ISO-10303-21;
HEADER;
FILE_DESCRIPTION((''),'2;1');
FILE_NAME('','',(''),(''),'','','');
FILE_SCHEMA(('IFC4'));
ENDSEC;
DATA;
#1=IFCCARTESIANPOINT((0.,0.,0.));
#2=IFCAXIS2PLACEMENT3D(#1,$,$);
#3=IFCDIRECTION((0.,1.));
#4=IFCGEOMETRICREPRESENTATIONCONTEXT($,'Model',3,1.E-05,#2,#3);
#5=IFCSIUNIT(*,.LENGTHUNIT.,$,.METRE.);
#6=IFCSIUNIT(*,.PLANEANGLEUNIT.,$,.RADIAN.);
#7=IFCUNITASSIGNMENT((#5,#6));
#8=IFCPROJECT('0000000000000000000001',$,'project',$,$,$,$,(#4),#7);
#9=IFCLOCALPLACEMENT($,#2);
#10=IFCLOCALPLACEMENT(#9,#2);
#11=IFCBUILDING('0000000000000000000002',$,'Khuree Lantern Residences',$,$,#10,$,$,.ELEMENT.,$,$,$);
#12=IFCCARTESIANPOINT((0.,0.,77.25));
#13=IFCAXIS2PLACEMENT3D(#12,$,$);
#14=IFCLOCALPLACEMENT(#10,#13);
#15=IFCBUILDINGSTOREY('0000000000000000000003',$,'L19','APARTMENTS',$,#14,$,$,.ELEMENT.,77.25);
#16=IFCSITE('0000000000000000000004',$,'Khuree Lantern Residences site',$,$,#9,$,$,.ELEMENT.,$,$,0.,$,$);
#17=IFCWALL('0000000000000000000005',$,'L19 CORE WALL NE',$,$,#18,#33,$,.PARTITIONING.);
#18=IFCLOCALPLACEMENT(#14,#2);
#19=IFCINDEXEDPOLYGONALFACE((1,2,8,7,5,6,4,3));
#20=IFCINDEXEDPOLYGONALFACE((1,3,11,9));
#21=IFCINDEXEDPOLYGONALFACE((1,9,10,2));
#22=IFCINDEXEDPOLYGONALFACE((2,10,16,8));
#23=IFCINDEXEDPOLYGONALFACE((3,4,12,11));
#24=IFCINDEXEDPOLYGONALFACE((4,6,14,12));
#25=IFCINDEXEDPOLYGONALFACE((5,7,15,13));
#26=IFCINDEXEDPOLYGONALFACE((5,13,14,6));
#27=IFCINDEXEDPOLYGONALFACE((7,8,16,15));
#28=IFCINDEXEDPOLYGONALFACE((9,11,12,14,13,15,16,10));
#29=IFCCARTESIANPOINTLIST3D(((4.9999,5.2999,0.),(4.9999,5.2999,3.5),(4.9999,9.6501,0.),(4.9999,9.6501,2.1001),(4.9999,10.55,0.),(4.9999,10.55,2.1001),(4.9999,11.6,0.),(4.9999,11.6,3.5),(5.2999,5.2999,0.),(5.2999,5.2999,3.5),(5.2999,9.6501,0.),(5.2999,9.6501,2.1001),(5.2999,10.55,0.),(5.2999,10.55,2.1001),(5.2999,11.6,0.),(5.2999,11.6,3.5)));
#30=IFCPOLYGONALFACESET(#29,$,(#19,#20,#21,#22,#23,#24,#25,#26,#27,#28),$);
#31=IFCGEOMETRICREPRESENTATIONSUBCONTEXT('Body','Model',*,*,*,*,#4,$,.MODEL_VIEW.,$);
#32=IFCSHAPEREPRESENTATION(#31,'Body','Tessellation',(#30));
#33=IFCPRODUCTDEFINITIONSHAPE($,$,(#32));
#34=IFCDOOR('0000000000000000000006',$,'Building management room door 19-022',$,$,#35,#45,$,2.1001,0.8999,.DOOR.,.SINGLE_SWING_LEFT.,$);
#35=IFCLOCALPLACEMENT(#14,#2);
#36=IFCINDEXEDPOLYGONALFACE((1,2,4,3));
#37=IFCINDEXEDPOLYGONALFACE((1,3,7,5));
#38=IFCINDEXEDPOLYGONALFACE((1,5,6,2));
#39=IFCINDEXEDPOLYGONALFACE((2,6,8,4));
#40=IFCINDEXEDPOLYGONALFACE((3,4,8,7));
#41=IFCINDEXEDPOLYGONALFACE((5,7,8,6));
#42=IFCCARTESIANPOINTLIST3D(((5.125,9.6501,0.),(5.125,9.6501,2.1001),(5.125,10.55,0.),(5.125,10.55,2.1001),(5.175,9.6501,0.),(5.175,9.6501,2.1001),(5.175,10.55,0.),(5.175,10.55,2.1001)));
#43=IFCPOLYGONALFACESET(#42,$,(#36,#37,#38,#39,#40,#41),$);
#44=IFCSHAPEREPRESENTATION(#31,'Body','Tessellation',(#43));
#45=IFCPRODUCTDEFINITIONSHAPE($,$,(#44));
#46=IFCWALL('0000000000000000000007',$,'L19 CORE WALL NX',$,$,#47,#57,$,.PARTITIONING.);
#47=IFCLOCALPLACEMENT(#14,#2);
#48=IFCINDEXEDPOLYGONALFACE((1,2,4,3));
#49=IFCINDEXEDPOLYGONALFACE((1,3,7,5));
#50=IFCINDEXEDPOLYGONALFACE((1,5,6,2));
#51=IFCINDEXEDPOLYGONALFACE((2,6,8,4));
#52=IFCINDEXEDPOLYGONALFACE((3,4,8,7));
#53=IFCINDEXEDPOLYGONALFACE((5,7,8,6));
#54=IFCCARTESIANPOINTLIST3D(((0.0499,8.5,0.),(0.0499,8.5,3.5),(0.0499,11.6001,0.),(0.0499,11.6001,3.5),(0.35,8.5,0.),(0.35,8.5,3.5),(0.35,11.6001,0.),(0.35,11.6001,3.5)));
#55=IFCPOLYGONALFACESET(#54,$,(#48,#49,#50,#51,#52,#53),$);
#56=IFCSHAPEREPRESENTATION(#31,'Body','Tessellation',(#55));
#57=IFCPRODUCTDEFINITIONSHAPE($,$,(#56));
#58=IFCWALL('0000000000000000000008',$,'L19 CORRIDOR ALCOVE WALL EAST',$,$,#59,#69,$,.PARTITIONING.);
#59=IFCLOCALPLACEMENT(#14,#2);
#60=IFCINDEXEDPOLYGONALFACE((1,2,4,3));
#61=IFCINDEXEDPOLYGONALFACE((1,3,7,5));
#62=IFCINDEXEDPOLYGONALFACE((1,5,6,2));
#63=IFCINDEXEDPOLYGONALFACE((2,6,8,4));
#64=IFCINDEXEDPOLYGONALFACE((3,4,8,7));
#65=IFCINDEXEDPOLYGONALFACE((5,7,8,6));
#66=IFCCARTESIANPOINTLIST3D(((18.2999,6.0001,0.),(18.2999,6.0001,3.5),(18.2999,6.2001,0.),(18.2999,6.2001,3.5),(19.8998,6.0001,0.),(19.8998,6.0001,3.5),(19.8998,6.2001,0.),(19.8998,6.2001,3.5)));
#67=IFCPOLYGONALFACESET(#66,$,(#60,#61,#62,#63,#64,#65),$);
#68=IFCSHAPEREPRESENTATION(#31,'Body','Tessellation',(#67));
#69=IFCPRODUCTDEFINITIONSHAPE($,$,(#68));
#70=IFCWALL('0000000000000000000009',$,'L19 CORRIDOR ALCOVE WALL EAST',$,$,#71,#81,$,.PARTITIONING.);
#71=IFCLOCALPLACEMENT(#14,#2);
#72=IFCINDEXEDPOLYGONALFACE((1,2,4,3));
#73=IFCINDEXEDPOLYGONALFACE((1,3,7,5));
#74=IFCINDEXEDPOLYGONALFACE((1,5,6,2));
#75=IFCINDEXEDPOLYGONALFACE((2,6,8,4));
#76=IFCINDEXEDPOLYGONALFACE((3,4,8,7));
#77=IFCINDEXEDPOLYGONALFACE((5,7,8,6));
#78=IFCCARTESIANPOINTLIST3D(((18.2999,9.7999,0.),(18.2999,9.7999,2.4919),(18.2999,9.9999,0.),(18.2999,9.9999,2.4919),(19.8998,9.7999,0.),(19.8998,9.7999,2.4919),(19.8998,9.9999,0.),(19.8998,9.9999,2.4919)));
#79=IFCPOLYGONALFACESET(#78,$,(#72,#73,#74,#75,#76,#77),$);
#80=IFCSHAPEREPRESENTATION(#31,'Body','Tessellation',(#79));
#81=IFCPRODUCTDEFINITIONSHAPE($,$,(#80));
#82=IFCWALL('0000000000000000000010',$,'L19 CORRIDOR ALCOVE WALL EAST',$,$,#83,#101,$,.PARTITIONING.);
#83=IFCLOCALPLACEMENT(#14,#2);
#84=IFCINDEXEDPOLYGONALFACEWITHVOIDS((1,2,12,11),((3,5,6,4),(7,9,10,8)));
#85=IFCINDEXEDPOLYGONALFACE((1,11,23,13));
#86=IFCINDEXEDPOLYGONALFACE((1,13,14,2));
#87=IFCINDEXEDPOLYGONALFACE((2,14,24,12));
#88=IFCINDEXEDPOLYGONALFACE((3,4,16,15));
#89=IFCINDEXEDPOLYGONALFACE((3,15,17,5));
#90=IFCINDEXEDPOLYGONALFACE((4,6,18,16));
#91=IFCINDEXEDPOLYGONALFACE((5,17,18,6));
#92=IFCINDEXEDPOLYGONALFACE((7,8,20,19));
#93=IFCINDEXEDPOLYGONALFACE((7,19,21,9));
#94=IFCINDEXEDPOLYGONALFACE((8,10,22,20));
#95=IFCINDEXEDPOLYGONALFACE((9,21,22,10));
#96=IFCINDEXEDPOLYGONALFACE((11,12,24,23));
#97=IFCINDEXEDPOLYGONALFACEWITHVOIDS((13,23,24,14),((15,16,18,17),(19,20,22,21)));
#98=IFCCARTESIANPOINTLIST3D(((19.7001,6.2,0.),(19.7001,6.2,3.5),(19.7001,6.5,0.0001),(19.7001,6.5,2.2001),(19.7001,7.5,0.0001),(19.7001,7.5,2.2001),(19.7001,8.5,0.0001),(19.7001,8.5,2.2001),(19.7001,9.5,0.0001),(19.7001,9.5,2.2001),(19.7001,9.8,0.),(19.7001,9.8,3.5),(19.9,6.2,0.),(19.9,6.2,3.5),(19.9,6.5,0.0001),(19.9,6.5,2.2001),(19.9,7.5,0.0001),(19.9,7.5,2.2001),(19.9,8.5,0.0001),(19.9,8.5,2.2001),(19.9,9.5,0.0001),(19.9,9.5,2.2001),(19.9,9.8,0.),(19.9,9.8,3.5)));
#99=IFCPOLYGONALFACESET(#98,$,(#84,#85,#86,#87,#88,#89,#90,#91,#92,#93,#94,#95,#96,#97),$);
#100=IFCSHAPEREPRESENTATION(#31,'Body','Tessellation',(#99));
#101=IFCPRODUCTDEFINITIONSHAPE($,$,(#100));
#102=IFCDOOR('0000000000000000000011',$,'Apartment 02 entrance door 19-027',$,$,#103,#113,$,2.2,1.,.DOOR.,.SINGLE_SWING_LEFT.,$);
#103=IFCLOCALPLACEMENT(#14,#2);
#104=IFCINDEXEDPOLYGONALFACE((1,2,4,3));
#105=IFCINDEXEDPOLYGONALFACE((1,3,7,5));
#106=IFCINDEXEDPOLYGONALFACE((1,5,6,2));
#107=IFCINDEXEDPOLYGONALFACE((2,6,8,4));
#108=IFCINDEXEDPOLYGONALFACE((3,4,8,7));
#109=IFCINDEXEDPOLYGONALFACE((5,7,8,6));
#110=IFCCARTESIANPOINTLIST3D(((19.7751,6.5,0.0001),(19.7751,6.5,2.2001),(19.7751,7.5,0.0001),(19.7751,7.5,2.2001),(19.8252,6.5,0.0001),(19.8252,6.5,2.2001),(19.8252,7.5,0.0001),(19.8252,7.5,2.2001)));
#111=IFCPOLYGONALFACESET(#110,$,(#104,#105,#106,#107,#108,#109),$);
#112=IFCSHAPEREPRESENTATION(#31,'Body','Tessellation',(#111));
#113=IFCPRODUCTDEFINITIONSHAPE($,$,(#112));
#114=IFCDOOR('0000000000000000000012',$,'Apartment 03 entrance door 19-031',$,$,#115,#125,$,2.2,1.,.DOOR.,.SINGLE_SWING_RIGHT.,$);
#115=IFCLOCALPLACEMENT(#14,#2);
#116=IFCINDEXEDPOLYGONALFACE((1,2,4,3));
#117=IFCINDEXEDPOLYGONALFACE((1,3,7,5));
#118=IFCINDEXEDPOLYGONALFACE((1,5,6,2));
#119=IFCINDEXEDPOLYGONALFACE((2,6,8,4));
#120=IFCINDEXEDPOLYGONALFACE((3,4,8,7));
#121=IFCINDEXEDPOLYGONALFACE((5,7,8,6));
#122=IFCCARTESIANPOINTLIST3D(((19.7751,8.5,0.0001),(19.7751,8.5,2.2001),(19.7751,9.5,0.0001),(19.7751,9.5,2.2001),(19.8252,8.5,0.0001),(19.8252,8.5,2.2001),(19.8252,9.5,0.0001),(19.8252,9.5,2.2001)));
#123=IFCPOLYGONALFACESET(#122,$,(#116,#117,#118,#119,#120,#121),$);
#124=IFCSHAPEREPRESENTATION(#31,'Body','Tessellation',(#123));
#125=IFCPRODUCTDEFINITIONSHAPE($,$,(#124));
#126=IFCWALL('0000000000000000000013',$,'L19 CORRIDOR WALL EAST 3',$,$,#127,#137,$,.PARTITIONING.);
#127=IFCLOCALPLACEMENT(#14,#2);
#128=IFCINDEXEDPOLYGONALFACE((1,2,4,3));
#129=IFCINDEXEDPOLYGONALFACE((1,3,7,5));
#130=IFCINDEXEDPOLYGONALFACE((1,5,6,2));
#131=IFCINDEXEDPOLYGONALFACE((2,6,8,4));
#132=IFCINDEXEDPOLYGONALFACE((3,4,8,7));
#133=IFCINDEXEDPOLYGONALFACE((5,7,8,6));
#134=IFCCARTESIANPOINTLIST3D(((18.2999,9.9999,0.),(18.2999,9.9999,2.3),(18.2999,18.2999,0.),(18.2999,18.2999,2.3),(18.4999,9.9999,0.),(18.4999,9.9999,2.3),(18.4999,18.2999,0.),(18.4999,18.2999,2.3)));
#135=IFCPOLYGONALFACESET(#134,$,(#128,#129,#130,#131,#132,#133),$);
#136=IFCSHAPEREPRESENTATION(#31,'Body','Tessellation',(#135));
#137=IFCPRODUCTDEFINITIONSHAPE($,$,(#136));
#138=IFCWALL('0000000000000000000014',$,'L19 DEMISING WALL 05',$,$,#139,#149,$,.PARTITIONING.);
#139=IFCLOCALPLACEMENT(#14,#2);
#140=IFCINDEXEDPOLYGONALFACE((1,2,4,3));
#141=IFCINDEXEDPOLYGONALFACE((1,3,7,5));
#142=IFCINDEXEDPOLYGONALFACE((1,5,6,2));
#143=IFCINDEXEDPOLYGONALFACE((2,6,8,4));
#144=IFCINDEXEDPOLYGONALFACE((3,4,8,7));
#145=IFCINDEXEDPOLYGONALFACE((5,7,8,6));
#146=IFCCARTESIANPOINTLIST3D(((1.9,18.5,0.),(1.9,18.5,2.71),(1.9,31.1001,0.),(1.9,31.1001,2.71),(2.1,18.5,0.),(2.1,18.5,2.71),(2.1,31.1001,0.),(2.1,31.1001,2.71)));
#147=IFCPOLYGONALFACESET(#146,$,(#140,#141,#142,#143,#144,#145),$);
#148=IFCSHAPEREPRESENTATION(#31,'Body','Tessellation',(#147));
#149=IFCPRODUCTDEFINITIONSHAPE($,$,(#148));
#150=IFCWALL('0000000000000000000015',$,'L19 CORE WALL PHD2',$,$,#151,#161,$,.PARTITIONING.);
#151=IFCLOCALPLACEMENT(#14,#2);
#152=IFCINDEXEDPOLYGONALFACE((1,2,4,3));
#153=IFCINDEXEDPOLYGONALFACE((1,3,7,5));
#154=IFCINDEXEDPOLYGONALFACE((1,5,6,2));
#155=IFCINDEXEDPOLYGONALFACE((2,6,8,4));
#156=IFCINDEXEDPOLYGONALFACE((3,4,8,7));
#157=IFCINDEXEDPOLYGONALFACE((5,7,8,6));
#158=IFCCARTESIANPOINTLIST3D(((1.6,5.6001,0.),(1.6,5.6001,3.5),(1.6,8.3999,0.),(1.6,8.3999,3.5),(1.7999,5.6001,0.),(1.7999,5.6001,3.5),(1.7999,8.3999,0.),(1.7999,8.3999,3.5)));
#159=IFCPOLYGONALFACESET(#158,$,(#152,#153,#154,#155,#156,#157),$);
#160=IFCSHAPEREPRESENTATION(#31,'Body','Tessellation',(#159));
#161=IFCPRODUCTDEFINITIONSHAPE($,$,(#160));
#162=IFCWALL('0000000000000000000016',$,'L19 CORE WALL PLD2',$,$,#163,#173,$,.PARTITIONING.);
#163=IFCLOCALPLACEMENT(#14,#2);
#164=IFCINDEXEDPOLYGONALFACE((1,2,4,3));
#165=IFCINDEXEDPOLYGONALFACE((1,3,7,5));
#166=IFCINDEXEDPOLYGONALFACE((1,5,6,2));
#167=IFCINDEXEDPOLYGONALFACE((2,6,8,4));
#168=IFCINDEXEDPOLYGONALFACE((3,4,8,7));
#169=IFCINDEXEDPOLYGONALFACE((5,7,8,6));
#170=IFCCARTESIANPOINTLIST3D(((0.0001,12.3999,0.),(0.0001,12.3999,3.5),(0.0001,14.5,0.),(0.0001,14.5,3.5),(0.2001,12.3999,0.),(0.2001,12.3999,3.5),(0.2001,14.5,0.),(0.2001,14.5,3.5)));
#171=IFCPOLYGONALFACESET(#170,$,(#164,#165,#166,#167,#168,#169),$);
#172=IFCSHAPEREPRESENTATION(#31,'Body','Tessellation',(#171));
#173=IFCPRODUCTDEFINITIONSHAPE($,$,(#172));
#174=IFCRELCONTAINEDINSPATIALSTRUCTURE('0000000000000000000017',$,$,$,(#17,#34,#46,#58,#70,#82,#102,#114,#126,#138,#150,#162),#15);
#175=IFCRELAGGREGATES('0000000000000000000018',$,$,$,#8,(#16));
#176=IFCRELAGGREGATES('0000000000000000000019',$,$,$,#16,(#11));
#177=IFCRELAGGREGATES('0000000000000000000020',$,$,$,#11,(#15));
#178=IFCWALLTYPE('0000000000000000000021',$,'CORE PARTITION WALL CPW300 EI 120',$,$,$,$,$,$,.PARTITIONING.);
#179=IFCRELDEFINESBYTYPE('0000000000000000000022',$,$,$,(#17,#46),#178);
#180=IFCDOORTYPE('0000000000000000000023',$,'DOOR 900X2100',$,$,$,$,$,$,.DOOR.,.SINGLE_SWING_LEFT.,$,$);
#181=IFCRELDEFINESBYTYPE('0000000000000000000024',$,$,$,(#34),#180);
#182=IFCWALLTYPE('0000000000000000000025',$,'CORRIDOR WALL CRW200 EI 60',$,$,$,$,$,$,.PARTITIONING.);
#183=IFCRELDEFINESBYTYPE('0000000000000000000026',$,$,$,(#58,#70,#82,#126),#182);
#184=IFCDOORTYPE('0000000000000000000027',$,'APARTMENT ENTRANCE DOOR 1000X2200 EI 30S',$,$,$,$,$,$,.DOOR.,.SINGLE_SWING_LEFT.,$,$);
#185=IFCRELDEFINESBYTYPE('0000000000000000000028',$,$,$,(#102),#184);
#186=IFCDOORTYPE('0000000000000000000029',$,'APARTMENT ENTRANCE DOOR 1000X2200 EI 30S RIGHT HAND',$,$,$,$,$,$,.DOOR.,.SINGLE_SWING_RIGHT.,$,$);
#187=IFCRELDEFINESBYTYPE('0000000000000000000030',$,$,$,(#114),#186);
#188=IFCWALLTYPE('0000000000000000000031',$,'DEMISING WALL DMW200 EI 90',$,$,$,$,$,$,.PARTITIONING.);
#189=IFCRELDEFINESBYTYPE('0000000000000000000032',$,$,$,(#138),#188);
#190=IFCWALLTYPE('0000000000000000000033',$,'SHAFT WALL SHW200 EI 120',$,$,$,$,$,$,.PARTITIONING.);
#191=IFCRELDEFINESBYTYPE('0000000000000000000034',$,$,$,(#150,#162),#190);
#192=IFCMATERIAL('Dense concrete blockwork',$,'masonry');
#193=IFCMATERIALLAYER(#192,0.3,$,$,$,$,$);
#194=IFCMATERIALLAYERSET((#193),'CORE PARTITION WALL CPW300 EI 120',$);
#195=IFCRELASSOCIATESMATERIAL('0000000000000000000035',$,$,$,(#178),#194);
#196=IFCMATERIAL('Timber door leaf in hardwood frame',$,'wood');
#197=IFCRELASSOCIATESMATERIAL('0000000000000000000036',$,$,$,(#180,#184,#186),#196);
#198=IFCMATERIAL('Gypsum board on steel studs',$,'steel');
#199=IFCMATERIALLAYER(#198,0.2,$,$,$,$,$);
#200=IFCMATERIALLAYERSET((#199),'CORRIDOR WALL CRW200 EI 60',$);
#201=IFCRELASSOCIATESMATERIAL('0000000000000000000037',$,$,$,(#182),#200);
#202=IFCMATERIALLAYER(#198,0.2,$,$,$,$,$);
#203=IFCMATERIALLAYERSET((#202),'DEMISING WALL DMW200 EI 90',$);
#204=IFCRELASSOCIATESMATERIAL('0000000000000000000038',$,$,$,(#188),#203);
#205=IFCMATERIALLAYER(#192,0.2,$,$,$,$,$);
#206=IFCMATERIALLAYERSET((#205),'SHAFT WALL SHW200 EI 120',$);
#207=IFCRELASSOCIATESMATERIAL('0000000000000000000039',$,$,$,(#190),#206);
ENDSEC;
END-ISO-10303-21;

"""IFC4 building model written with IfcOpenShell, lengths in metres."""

from ifc_helpers import new_model, si_unit, direction, frame, frame_2d, origin, place, context, subcontext, project, spatial, rectangle, extrude, material, layer, layer_set, type_object, element, fill, save


model = new_model("IFC4")

# Units and contexts
model_context = context("Model", 3, precision=1e-05, world=origin(), true_north=direction((0.0, 1.0)))
body_context = subcontext(model_context, "Body", "Model", "MODEL_VIEW")
ifc_project = project(units=[si_unit("LENGTHUNIT", "METRE"), si_unit("PLANEANGLEUNIT", "RADIAN")], contexts=[model_context])

# Site, building, storey
site_placement = place(None, origin())
site = spatial("IfcSite", under=ifc_project, at=site_placement, Name="Khuree Lantern Residences site", CompositionType="ELEMENT", RefElevation=0.0)
building_placement = place(site_placement, origin())
building = spatial("IfcBuilding", under=site, at=building_placement, Name="Khuree Lantern Residences", CompositionType="ELEMENT")
storey_placement = place(building_placement, frame((0.0, 0.0, 77.25)))
storey = spatial("IfcBuildingStorey", under=building, at=storey_placement, Name="L19", Description="APARTMENTS", CompositionType="ELEMENT", Elevation=77.25)

# Shared definitions
ifc_material_1 = material(Name="Dense concrete blockwork", Category="masonry")
ifc_layer_1 = layer(ifc_material_1, 0.3)
ifc_layer_set_1 = layer_set([ifc_layer_1], Name="CORE PARTITION WALL CPW300 EI 120")
wall_type_1 = type_object("IfcWallType", Name="CORE PARTITION WALL CPW300 EI 120", PredefinedType="PARTITIONING", material=ifc_layer_set_1)

# Wall, opening, door
wall_1_placement = place(storey_placement, frame((5.1499, 5.3, 0.0), z_axis=(0.0, 0.0, 1.0), x_axis=(0.0, 1.0, 0.0)))
wall_1 = element("IfcWall", 1, at=wall_1_placement, inside=storey, type_object=wall_type_1, Name="L19 CORE WALL NE", PredefinedType="PARTITIONING", context=body_context, shape_type="SweptSolid", body=[
    extrude(rectangle(XDim=6.3, YDim=0.3, at=frame_2d((3.1499, 0.0))), origin(), (0.0, 0.0, 1.0), 3.5),
])
opening_1_placement = place(wall_1_placement, frame((4.3501, 0.0, 0.0)))
opening_1 = element("IfcOpeningElement", 2, at=opening_1_placement, cuts=wall_1, PredefinedType="OPENING", context=body_context, shape_type="SweptSolid", body=[
    extrude(rectangle(XDim=0.8999, YDim=2.1001, at=frame_2d((0.45, 1.05))), frame((0.0, 0.1602, 0.0), z_axis=(0.0, -1.0, 0.0), x_axis=(1.0, 0.0, 0.0)), (0.0, 0.0, 1.0), 0.3201),
])
ifc_material_2 = material(Name="Timber door leaf in hardwood frame", Category="wood")
door_type_1 = type_object("IfcDoorType", Name="DOOR 900X2100", OperationType="SINGLE_SWING_LEFT", PredefinedType="DOOR", material=ifc_material_2)
door_1_placement = place(opening_1_placement, origin())
door_1 = element("IfcDoor", 3, at=door_1_placement, inside=storey, type_object=door_type_1, Name="Building management room door 19-022", OperationType="SINGLE_SWING_LEFT", OverallHeight=2.1001, OverallWidth=0.8999, PredefinedType="DOOR", context=body_context, shape_type="SweptSolid", body=[
    extrude(rectangle(XDim=0.8999, YDim=2.1001, at=frame_2d((0.45, 1.05))), frame((0.0, 0.0249, 0.0), z_axis=(0.0, -1.0, 0.0), x_axis=(1.0, 0.0, 0.0)), (0.0, 0.0, 1.0), 0.05),
])
fill(opening_1, door_1)

# Walls
wall_2_placement = place(storey_placement, frame((0.2, 8.5, 0.0), z_axis=(0.0, 0.0, 1.0), x_axis=(0.0, 1.0, 0.0)))
element("IfcWall", 4, at=wall_2_placement, inside=storey, type_object=wall_type_1, Name="L19 CORE WALL NX", PredefinedType="PARTITIONING", context=body_context, shape_type="SweptSolid", body=[
    extrude(rectangle(XDim=3.1001, YDim=0.3, at=frame_2d((1.55, 0.0))), origin(), (0.0, 0.0, 1.0), 3.5),
])
ifc_material_3 = material(Name="Gypsum board on steel studs", Category="steel")
ifc_layer_2 = layer(ifc_material_3, 0.2)
ifc_layer_set_2 = layer_set([ifc_layer_2], Name="CORRIDOR WALL CRW200 EI 60")
wall_type_2 = type_object("IfcWallType", Name="CORRIDOR WALL CRW200 EI 60", PredefinedType="PARTITIONING", material=ifc_layer_set_2)
wall_3_placement = place(storey_placement, frame((18.3, 6.1001, 0.0), z_axis=(0.0, 0.0, 1.0), x_axis=(1.0, 0.0, 0.0)))
element("IfcWall", 5, at=wall_3_placement, inside=storey, type_object=wall_type_2, Name="L19 CORRIDOR ALCOVE WALL EAST", PredefinedType="PARTITIONING", context=body_context, shape_type="SweptSolid", body=[
    extrude(rectangle(XDim=1.5999, YDim=0.2, at=frame_2d((0.7998, 0.0))), origin(), (0.0, 0.0, 1.0), 3.5),
])
wall_4_placement = place(storey_placement, frame((18.3, 9.8999, 0.0), z_axis=(0.0, 0.0, 1.0), x_axis=(1.0, 0.0, 0.0)))
element("IfcWall", 6, at=wall_4_placement, inside=storey, type_object=wall_type_2, Name="L19 CORRIDOR ALCOVE WALL EAST", PredefinedType="PARTITIONING", context=body_context, shape_type="SweptSolid", body=[
    extrude(rectangle(XDim=1.5999, YDim=0.2, at=frame_2d((0.7998, 0.0))), origin(), (0.0, 0.0, 1.0), 2.4919),
])

# Wall, openings, doors
wall_5_placement = place(storey_placement, frame((19.8, 6.2, 0.0), z_axis=(0.0, 0.0, 1.0), x_axis=(0.0, 1.0, 0.0)))
wall_5 = element("IfcWall", 7, at=wall_5_placement, inside=storey, type_object=wall_type_2, Name="L19 CORRIDOR ALCOVE WALL EAST", PredefinedType="PARTITIONING", context=body_context, shape_type="SweptSolid", body=[
    extrude(rectangle(XDim=3.6001, YDim=0.2, at=frame_2d((1.8, 0.0))), origin(), (0.0, 0.0, 1.0), 3.5),
])
opening_2_placement = place(wall_5_placement, frame((0.3, 0.0, 0.0)))
opening_2 = element("IfcOpeningElement", 8, at=opening_2_placement, cuts=wall_5, PredefinedType="OPENING", context=body_context, shape_type="SweptSolid", body=[
    extrude(rectangle(XDim=1.0, YDim=2.2, at=frame_2d((0.5, 1.1001))), frame((0.0, 0.1099, 0.0), z_axis=(0.0, -1.0, 0.0), x_axis=(1.0, 0.0, 0.0)), (0.0, 0.0, 1.0), 0.22),
])
opening_3_placement = place(wall_5_placement, frame((2.3, 0.0, 0.0)))
opening_3 = element("IfcOpeningElement", 9, at=opening_3_placement, cuts=wall_5, PredefinedType="OPENING", context=body_context, shape_type="SweptSolid", body=[
    extrude(rectangle(XDim=1.0, YDim=2.2, at=frame_2d((0.5, 1.1001))), frame((0.0, 0.1099, 0.0), z_axis=(0.0, -1.0, 0.0), x_axis=(1.0, 0.0, 0.0)), (0.0, 0.0, 1.0), 0.22),
])
door_type_2 = type_object("IfcDoorType", Name="APARTMENT ENTRANCE DOOR 1000X2200 EI 30S", OperationType="SINGLE_SWING_LEFT", PredefinedType="DOOR", material=ifc_material_2)
door_2_placement = place(opening_2_placement, origin())
door_2 = element("IfcDoor", 10, at=door_2_placement, inside=storey, type_object=door_type_2, Name="Apartment 02 entrance door 19-027", OperationType="SINGLE_SWING_LEFT", OverallHeight=2.2, OverallWidth=1.0, PredefinedType="DOOR", context=body_context, shape_type="SweptSolid", body=[
    extrude(rectangle(XDim=1.0, YDim=2.2, at=frame_2d((0.5, 1.1001))), frame((0.0, 0.0249, 0.0), z_axis=(0.0, -1.0, 0.0), x_axis=(1.0, 0.0, 0.0)), (0.0, 0.0, 1.0), 0.05),
])
fill(opening_2, door_2)
door_type_3 = type_object("IfcDoorType", Name="APARTMENT ENTRANCE DOOR 1000X2200 EI 30S RIGHT HAND", OperationType="SINGLE_SWING_RIGHT", PredefinedType="DOOR", material=ifc_material_2)
door_3_placement = place(opening_3_placement, origin())
door_3 = element("IfcDoor", 11, at=door_3_placement, inside=storey, type_object=door_type_3, Name="Apartment 03 entrance door 19-031", OperationType="SINGLE_SWING_RIGHT", OverallHeight=2.2, OverallWidth=1.0, PredefinedType="DOOR", context=body_context, shape_type="SweptSolid", body=[
    extrude(rectangle(XDim=1.0, YDim=2.2, at=frame_2d((0.5, 1.1001))), frame((0.0, 0.0249, 0.0), z_axis=(0.0, -1.0, 0.0), x_axis=(1.0, 0.0, 0.0)), (0.0, 0.0, 1.0), 0.05),
])
fill(opening_3, door_3)

# Walls
wall_6_placement = place(storey_placement, frame((18.3999, 10.0, 0.0), z_axis=(0.0, 0.0, 1.0), x_axis=(0.0, 1.0, 0.0)))
element("IfcWall", 12, at=wall_6_placement, inside=storey, type_object=wall_type_2, Name="L19 CORRIDOR WALL EAST 3", PredefinedType="PARTITIONING", context=body_context, shape_type="SweptSolid", body=[
    extrude(rectangle(XDim=8.3, YDim=0.2, at=frame_2d((4.1499, 0.0))), origin(), (0.0, 0.0, 1.0), 2.3),
])
ifc_layer_3 = layer(ifc_material_3, 0.2)
ifc_layer_set_3 = layer_set([ifc_layer_3], Name="DEMISING WALL DMW200 EI 90")
wall_type_3 = type_object("IfcWallType", Name="DEMISING WALL DMW200 EI 90", PredefinedType="PARTITIONING", material=ifc_layer_set_3)
wall_7_placement = place(storey_placement, frame((2.0, 18.5, 0.0), z_axis=(0.0, 0.0, 1.0), x_axis=(0.0, 1.0, 0.0)))
element("IfcWall", 13, at=wall_7_placement, inside=storey, type_object=wall_type_3, Name="L19 DEMISING WALL 05", PredefinedType="PARTITIONING", context=body_context, shape_type="SweptSolid", body=[
    extrude(rectangle(XDim=12.6001, YDim=0.2, at=frame_2d((6.3, 0.0))), origin(), (0.0, 0.0, 1.0), 2.71),
])
ifc_layer_4 = layer(ifc_material_1, 0.2)
ifc_layer_set_4 = layer_set([ifc_layer_4], Name="SHAFT WALL SHW200 EI 120")
wall_type_4 = type_object("IfcWallType", Name="SHAFT WALL SHW200 EI 120", PredefinedType="PARTITIONING", material=ifc_layer_set_4)
wall_8_placement = place(storey_placement, frame((1.7, 5.6001, 0.0), z_axis=(0.0, 0.0, 1.0), x_axis=(0.0, 1.0, 0.0)))
element("IfcWall", 14, at=wall_8_placement, inside=storey, type_object=wall_type_4, Name="L19 CORE WALL PHD2", PredefinedType="PARTITIONING", context=body_context, shape_type="SweptSolid", body=[
    extrude(rectangle(XDim=2.7998, YDim=0.2, at=frame_2d((1.3999, 0.0))), origin(), (0.0, 0.0, 1.0), 3.5),
])
wall_9_placement = place(storey_placement, frame((0.1001, 12.3999, 0.0), z_axis=(0.0, 0.0, 1.0), x_axis=(0.0, 1.0, 0.0)))
element("IfcWall", 15, at=wall_9_placement, inside=storey, type_object=wall_type_4, Name="L19 CORE WALL PLD2", PredefinedType="PARTITIONING", context=body_context, shape_type="SweptSolid", body=[
    extrude(rectangle(XDim=2.1001, YDim=0.2, at=frame_2d((1.05, 0.0))), origin(), (0.0, 0.0, 1.0), 3.5),
])

save(model, "model.ifc")
